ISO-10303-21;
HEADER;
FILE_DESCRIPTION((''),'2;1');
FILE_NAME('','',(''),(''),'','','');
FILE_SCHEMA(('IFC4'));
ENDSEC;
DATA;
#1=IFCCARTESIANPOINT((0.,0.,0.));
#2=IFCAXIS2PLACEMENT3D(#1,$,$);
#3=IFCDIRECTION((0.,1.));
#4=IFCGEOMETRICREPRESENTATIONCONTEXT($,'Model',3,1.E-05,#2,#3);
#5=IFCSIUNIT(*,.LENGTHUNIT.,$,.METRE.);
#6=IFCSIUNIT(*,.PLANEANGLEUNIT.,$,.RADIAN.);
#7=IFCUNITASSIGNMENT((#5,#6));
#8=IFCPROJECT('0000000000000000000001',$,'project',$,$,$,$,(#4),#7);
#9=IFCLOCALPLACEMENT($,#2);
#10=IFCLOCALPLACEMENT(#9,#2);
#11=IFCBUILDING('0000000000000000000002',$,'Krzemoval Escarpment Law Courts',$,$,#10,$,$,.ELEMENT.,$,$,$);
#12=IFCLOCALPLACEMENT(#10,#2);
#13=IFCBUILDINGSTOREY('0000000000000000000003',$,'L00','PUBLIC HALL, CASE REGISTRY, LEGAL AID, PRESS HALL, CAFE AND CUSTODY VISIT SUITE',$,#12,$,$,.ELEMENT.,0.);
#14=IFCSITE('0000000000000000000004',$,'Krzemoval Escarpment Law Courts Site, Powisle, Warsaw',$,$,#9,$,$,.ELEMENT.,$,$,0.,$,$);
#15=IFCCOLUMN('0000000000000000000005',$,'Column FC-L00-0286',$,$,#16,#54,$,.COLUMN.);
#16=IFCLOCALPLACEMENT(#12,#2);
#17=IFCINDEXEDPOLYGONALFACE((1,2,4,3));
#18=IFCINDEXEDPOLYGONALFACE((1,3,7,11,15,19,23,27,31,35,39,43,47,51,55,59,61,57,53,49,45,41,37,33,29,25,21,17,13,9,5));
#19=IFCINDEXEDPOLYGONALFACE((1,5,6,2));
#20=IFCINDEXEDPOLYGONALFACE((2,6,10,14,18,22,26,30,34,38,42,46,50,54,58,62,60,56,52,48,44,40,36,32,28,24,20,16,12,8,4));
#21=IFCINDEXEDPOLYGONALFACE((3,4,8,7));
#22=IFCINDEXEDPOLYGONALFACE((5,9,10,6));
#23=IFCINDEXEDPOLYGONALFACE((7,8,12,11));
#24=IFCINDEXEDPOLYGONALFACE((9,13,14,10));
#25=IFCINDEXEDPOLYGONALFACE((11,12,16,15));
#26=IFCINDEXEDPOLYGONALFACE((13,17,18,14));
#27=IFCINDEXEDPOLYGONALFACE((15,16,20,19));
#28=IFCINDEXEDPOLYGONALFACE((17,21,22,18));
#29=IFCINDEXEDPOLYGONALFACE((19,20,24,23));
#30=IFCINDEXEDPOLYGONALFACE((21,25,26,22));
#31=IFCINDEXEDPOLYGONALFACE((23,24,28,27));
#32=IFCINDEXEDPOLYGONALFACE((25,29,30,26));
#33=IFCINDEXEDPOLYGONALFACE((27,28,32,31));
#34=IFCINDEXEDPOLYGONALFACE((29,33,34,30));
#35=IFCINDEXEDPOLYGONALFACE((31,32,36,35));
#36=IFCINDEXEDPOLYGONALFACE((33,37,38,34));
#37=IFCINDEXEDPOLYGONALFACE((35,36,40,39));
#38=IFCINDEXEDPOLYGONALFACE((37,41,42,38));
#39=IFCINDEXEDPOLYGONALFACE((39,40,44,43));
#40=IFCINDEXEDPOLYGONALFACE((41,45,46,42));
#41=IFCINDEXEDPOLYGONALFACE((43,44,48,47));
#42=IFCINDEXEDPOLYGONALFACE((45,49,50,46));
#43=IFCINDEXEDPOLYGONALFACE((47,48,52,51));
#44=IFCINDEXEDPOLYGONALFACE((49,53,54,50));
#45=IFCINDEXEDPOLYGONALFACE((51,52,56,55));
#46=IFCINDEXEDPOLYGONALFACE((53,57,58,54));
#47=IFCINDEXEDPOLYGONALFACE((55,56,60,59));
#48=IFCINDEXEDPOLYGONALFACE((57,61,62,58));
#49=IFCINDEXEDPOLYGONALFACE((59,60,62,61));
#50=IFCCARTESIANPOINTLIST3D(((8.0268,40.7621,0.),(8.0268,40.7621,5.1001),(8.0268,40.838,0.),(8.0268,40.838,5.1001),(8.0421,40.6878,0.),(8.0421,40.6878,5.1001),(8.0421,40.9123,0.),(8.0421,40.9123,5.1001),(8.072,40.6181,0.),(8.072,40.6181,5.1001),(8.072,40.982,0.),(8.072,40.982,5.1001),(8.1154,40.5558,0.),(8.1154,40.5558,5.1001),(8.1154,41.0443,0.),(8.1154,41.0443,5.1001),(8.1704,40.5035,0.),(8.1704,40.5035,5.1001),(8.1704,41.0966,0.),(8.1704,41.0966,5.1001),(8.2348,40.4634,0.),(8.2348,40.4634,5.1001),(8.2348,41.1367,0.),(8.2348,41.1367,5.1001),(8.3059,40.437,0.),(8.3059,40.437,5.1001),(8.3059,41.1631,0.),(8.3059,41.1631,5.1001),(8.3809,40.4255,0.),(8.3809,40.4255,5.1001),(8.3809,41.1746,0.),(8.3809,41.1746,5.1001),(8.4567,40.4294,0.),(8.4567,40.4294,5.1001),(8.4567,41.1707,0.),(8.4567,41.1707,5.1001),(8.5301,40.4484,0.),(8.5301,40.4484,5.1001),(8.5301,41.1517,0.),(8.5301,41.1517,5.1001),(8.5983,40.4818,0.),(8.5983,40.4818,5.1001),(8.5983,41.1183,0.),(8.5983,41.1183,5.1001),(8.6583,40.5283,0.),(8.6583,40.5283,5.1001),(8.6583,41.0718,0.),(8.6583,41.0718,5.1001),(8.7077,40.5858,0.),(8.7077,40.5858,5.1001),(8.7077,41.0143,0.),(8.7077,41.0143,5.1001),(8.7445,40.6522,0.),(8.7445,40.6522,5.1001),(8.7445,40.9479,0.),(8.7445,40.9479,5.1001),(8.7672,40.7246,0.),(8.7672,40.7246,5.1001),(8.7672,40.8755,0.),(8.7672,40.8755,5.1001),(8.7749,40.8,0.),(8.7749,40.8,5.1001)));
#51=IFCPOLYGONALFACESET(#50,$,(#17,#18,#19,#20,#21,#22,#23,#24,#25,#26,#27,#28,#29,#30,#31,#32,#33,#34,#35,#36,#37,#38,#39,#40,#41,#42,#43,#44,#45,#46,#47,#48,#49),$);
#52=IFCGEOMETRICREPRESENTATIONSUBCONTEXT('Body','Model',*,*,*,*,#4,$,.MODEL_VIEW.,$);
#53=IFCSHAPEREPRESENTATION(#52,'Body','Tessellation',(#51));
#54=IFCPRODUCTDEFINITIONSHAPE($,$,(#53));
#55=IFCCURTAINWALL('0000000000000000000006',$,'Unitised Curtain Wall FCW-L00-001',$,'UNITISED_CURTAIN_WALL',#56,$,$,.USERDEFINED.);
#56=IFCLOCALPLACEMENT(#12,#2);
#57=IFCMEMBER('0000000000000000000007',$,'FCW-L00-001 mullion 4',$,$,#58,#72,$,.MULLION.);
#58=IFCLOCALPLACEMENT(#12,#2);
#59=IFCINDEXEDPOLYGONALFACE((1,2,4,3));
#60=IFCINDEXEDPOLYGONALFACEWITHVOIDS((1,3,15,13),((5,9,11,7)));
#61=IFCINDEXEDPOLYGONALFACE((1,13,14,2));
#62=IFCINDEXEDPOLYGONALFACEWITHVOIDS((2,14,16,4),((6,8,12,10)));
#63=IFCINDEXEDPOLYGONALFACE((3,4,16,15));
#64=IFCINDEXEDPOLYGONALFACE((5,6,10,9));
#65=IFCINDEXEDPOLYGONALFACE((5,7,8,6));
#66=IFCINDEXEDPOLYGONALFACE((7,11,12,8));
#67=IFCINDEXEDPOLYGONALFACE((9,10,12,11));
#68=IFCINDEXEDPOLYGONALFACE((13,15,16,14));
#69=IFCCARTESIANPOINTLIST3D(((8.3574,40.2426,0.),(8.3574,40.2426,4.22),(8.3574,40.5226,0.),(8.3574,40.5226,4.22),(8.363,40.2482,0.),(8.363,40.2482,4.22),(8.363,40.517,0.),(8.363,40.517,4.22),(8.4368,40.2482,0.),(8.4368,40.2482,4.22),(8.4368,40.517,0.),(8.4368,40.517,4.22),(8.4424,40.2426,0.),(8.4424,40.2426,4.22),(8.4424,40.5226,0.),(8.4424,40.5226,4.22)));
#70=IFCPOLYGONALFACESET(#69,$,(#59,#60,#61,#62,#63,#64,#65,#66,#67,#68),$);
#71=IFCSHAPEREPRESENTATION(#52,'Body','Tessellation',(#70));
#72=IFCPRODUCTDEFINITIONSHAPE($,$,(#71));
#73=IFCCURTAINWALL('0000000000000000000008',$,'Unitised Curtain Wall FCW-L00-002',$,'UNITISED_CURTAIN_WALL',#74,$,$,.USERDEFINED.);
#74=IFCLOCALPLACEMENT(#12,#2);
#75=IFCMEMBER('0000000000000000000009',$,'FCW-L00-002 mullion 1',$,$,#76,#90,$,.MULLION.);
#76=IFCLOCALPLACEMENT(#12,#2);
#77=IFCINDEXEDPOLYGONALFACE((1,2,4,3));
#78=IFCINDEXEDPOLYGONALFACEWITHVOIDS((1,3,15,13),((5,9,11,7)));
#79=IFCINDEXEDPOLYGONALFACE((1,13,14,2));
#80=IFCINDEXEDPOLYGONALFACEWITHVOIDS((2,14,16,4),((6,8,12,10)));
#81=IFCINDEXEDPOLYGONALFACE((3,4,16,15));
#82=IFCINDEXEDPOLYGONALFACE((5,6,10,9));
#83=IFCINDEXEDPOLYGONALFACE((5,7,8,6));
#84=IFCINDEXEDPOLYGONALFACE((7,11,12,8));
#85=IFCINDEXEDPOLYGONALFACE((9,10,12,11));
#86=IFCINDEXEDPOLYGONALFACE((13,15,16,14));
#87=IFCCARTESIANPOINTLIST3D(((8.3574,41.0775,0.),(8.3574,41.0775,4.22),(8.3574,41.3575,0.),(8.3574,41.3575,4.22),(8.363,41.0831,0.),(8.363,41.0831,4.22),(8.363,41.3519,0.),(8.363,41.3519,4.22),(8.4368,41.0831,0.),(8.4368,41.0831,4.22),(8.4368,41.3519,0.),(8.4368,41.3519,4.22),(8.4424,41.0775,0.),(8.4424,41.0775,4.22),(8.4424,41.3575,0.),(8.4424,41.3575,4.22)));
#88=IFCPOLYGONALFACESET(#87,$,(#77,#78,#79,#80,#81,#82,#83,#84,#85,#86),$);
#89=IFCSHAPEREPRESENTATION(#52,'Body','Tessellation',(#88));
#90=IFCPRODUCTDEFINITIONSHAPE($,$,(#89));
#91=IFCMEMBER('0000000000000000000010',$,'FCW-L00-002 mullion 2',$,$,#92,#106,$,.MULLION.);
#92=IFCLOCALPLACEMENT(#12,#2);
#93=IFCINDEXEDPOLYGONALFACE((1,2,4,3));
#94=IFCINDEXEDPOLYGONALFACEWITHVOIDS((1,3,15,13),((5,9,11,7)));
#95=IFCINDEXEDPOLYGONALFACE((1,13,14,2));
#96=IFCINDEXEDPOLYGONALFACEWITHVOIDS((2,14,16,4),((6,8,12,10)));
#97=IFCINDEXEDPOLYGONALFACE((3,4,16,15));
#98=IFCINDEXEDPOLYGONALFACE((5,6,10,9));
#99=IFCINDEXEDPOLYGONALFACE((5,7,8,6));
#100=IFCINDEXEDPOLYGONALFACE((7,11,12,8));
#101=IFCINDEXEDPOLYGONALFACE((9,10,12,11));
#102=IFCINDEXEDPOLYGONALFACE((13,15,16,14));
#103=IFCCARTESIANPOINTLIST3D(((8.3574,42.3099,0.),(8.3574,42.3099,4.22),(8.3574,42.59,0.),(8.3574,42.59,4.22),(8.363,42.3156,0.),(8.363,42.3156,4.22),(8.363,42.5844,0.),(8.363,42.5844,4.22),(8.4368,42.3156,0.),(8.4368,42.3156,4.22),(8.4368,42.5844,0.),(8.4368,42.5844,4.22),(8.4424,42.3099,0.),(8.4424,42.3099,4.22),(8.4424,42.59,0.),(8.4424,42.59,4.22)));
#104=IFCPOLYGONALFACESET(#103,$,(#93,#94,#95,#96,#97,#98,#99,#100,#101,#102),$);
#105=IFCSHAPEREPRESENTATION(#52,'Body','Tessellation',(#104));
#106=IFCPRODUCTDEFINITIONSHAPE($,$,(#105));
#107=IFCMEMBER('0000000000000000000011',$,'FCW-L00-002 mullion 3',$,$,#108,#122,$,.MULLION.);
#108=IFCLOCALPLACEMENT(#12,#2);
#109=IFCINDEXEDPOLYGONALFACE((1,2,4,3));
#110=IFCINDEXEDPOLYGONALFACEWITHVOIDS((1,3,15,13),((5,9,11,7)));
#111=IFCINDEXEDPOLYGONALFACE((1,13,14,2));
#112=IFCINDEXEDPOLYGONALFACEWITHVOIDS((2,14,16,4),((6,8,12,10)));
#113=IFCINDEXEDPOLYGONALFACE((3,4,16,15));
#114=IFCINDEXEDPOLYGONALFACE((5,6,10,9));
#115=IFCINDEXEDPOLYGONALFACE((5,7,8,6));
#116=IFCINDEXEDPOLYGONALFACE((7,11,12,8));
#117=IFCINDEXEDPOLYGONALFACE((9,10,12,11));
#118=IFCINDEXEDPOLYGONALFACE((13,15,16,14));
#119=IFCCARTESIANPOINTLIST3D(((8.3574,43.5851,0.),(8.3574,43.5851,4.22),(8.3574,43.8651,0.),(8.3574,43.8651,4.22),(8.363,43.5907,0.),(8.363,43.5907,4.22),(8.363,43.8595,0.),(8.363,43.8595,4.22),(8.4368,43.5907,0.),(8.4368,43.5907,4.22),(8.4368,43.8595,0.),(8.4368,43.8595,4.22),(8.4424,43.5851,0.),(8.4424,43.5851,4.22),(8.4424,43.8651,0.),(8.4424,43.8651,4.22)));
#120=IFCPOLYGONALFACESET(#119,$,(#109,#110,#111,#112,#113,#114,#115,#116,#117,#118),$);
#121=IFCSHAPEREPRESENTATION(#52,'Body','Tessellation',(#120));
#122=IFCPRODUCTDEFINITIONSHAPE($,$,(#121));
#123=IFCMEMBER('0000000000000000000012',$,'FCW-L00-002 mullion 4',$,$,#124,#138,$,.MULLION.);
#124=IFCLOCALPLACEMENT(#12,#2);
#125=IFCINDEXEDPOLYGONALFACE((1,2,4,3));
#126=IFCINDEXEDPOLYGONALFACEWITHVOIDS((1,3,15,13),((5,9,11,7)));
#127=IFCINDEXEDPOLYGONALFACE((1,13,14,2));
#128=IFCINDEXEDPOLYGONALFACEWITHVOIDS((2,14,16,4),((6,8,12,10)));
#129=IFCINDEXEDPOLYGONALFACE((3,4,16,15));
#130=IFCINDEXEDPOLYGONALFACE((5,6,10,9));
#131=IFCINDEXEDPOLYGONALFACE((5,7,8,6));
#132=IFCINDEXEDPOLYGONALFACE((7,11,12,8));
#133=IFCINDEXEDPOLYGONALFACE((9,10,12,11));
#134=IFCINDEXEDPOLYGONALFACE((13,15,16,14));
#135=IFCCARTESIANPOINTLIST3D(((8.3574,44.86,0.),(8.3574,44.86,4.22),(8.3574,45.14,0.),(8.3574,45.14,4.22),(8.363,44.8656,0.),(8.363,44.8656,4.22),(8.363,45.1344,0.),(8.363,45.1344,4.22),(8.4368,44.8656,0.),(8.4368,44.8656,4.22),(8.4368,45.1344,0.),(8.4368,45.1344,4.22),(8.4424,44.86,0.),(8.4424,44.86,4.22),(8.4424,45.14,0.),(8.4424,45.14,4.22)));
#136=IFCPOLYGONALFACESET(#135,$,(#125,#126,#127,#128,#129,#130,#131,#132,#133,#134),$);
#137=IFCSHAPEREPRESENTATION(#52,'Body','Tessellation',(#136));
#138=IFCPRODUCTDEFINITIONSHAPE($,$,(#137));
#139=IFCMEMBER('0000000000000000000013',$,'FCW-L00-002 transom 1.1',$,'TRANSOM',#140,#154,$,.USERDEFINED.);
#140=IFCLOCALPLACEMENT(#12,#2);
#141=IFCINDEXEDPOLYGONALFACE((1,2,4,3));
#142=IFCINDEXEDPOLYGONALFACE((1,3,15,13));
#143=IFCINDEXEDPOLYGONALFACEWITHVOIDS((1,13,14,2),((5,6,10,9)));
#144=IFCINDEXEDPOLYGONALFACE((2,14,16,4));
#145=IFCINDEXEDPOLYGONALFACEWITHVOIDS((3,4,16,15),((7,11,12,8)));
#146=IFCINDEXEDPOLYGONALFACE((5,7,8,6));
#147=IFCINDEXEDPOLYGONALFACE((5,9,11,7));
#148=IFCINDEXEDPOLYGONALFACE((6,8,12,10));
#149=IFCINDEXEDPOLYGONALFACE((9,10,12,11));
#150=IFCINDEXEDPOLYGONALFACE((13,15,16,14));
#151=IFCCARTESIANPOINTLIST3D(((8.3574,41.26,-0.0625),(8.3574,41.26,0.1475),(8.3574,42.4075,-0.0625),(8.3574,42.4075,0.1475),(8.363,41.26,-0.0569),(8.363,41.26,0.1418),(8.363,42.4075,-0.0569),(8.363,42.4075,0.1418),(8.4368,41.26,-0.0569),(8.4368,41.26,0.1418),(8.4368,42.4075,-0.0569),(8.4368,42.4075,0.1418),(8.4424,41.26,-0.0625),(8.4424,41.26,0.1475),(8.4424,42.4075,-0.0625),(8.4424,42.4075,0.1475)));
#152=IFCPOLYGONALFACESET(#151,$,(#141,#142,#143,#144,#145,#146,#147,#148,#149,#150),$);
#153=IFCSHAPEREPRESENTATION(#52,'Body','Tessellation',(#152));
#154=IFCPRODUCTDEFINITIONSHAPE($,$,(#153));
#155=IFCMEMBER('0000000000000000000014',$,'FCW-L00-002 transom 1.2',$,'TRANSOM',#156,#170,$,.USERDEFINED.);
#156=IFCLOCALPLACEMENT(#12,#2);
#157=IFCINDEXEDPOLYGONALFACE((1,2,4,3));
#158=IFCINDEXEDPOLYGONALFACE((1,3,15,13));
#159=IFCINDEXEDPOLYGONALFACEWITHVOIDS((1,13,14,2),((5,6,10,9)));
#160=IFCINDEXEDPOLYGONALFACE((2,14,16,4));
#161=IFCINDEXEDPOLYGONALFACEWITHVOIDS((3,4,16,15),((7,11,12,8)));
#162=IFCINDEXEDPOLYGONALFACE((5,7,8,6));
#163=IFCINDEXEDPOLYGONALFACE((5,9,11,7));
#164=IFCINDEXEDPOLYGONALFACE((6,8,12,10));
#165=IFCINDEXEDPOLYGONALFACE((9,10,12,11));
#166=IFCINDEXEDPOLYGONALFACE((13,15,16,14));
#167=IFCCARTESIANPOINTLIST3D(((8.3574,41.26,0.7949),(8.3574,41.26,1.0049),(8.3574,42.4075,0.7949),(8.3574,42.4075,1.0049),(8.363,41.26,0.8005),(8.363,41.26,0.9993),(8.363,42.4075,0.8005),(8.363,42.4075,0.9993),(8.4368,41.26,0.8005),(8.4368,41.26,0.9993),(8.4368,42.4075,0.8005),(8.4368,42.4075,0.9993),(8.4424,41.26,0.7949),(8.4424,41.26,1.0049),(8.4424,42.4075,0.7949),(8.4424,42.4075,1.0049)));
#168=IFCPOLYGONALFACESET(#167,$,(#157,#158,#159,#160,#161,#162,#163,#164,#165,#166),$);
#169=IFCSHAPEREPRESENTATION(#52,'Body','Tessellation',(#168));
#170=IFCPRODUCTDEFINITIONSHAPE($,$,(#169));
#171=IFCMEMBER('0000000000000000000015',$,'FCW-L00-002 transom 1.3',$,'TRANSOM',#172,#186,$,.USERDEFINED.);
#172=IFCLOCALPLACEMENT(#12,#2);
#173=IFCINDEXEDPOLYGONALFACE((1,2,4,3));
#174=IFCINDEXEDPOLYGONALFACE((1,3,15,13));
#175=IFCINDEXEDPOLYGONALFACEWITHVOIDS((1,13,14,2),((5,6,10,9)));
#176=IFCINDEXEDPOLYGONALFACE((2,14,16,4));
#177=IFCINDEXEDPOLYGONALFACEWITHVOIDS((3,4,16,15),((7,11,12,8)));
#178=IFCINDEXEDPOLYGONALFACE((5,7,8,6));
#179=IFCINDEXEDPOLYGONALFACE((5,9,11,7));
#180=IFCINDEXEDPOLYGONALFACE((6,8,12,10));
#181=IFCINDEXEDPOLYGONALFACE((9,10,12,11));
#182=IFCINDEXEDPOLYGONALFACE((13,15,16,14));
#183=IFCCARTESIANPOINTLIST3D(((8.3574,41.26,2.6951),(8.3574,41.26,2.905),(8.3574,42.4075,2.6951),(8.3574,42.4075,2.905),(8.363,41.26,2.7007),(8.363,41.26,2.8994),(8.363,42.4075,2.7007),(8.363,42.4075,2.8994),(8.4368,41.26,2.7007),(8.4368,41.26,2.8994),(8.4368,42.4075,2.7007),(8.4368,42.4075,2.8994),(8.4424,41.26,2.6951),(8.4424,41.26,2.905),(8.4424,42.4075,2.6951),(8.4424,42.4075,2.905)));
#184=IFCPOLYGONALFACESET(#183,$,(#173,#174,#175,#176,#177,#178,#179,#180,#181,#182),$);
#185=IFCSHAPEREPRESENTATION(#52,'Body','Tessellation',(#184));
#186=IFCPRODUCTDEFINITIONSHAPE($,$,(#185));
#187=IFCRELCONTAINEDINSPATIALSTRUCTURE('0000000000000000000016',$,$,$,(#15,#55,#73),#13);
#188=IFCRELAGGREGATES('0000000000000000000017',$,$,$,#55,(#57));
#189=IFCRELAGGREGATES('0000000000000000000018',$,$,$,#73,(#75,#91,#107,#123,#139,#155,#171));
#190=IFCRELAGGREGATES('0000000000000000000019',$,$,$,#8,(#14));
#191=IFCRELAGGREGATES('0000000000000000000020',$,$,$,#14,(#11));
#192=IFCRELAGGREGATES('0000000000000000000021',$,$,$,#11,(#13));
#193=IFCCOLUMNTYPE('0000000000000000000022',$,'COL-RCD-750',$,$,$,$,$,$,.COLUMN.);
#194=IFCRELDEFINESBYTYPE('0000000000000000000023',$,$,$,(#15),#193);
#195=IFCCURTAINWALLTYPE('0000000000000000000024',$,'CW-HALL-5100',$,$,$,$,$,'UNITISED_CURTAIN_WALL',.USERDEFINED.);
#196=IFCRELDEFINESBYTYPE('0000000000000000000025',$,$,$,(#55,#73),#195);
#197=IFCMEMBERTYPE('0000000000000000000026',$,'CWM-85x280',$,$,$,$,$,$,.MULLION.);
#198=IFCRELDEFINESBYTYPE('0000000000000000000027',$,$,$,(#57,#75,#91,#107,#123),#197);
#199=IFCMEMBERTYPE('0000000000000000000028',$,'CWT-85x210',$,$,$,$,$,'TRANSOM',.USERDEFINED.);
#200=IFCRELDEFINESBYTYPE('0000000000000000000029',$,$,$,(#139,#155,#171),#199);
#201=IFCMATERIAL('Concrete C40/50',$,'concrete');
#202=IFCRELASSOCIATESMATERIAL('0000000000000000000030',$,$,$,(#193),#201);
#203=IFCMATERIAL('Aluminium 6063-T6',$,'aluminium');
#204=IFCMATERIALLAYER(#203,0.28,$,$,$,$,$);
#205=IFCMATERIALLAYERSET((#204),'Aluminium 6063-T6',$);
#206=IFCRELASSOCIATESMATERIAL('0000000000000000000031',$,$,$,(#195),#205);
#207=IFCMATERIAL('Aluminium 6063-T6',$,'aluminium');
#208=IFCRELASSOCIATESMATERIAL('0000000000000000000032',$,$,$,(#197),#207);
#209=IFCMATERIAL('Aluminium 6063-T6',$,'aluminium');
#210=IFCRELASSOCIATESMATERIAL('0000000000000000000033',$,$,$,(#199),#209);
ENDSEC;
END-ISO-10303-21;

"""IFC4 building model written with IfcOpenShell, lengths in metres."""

from ifc_helpers import new_model, si_unit, direction, frame, origin, origin_2d, place, context, subcontext, project, spatial, hollow_rectangle, circle, extrude, material, layer, layer_set, material_profile, profile_set, type_object, element, aggregate, save


model = new_model("IFC4")

# Units and contexts
model_context = context("Model", 3, precision=1e-05, world=origin(), true_north=direction((0.0, 1.0)))
body_context = subcontext(model_context, "Body", "Model", "MODEL_VIEW")
ifc_project = project(units=[si_unit("LENGTHUNIT", "METRE"), si_unit("PLANEANGLEUNIT", "RADIAN")], contexts=[model_context])

# Site, building, storey
site_placement = place(None, origin())
site = spatial("IfcSite", under=ifc_project, at=site_placement, Name="Krzemoval Escarpment Law Courts Site, Powisle, Warsaw", CompositionType="ELEMENT", RefElevation=0.0)
building_placement = place(site_placement, origin())
building = spatial("IfcBuilding", under=site, at=building_placement, Name="Krzemoval Escarpment Law Courts", CompositionType="ELEMENT")
storey_placement = place(building_placement, origin())
storey = spatial("IfcBuildingStorey", under=building, at=storey_placement, Name="L00", Description="PUBLIC HALL, CASE REGISTRY, LEGAL AID, PRESS HALL, CAFE AND CUSTODY VISIT SUITE", CompositionType="ELEMENT", Elevation=0.0)

# Column
ifc_material_1 = material(Name="Concrete C40/50", Category="concrete")
ifc_material_profile_1 = material_profile(ifc_material_1, circle(Radius=0.375, at=origin_2d()), Name="RC D750")
ifc_profile_set_1 = profile_set([ifc_material_profile_1], Name="Concrete C40/50")
column_type = type_object("IfcColumnType", Name="COL-RCD-750", PredefinedType="COLUMN", material=ifc_profile_set_1)
column_placement = place(storey_placement, frame((8.3999, 40.8, 0.0), z_axis=(0.0, 0.0, 1.0), x_axis=(1.0, 0.0, 0.0)))
element("IfcColumn", 1, at=column_placement, inside=storey, type_object=column_type, Name="Column FC-L00-0286", PredefinedType="COLUMN", context=body_context, shape_type="SweptSolid", body=[
    extrude(circle(Radius=0.375, at=origin_2d()), origin(), (0.0, 0.0, 1.0), 5.1001),
])

# Curtain wall, member
ifc_material_2 = material(Name="Aluminium 6063-T6", Category="aluminium")
ifc_layer_1 = layer(ifc_material_2, 0.28)
ifc_layer_set_1 = layer_set([ifc_layer_1], Name="Aluminium 6063-T6")
curtain_wall_type = type_object("IfcCurtainWallType", Name="CW-HALL-5100", ElementType="UNITISED_CURTAIN_WALL", PredefinedType="USERDEFINED", material=ifc_layer_set_1)
curtain_wall_1_placement = place(storey_placement, origin())
curtain_wall_1 = element("IfcCurtainWall", 2, at=curtain_wall_1_placement, inside=storey, type_object=curtain_wall_type, Name="Unitised Curtain Wall FCW-L00-001", ObjectType="UNITISED_CURTAIN_WALL", PredefinedType="USERDEFINED")
ifc_material_3 = material(Name="Aluminium 6063-T6", Category="aluminium")
ifc_material_profile_2 = material_profile(ifc_material_3, hollow_rectangle(XDim=0.085, YDim=0.28, WallThickness=0.0056, at=origin_2d()), Name="ALU M85x280")
ifc_profile_set_2 = profile_set([ifc_material_profile_2], Name="Aluminium 6063-T6")
member_type_1 = type_object("IfcMemberType", Name="CWM-85x280", PredefinedType="MULLION", material=ifc_profile_set_2)
member_1_placement = place(storey_placement, frame((8.3999, 40.3826, 0.0), z_axis=(0.0, 0.0, 1.0), x_axis=(-1.0, 0.0, 0.0)))
member_1 = element("IfcMember", 3, at=member_1_placement, type_object=member_type_1, Name="FCW-L00-001 mullion 4", PredefinedType="MULLION", context=body_context, shape_type="SweptSolid", body=[
    extrude(hollow_rectangle(XDim=0.085, YDim=0.28, WallThickness=0.0056, at=origin_2d()), origin(), (0.0, 0.0, 1.0), 4.22),
])

# Curtain wall, members
curtain_wall_2_placement = place(storey_placement, origin())
curtain_wall_2 = element("IfcCurtainWall", 4, at=curtain_wall_2_placement, inside=storey, type_object=curtain_wall_type, Name="Unitised Curtain Wall FCW-L00-002", ObjectType="UNITISED_CURTAIN_WALL", PredefinedType="USERDEFINED")
member_2_placement = place(storey_placement, frame((8.3999, 41.2175, 0.0), z_axis=(0.0, 0.0, 1.0), x_axis=(-1.0, 0.0, 0.0)))
member_2 = element("IfcMember", 5, at=member_2_placement, type_object=member_type_1, Name="FCW-L00-002 mullion 1", PredefinedType="MULLION", context=body_context, shape_type="SweptSolid", body=[
    extrude(hollow_rectangle(XDim=0.085, YDim=0.28, WallThickness=0.0056, at=origin_2d()), origin(), (0.0, 0.0, 1.0), 4.22),
])
member_3_placement = place(storey_placement, frame((8.3999, 42.45, 0.0), z_axis=(0.0, 0.0, 1.0), x_axis=(-1.0, 0.0, 0.0)))
member_3 = element("IfcMember", 6, at=member_3_placement, type_object=member_type_1, Name="FCW-L00-002 mullion 2", PredefinedType="MULLION", context=body_context, shape_type="SweptSolid", body=[
    extrude(hollow_rectangle(XDim=0.085, YDim=0.28, WallThickness=0.0056, at=origin_2d()), origin(), (0.0, 0.0, 1.0), 4.22),
])
member_4_placement = place(storey_placement, frame((8.3999, 43.7251, 0.0), z_axis=(0.0, 0.0, 1.0), x_axis=(-1.0, 0.0, 0.0)))
member_4 = element("IfcMember", 7, at=member_4_placement, type_object=member_type_1, Name="FCW-L00-002 mullion 3", PredefinedType="MULLION", context=body_context, shape_type="SweptSolid", body=[
    extrude(hollow_rectangle(XDim=0.085, YDim=0.28, WallThickness=0.0056, at=origin_2d()), origin(), (0.0, 0.0, 1.0), 4.22),
])
member_5_placement = place(storey_placement, frame((8.3999, 45.0, 0.0), z_axis=(0.0, 0.0, 1.0), x_axis=(-1.0, 0.0, 0.0)))
member_5 = element("IfcMember", 8, at=member_5_placement, type_object=member_type_1, Name="FCW-L00-002 mullion 4", PredefinedType="MULLION", context=body_context, shape_type="SweptSolid", body=[
    extrude(hollow_rectangle(XDim=0.085, YDim=0.28, WallThickness=0.0056, at=origin_2d()), origin(), (0.0, 0.0, 1.0), 4.22),
])
ifc_material_4 = material(Name="Aluminium 6063-T6", Category="aluminium")
ifc_material_profile_3 = material_profile(ifc_material_4, hollow_rectangle(XDim=0.085, YDim=0.21, WallThickness=0.0056, at=origin_2d()), Name="ALU T85x210")
ifc_profile_set_3 = profile_set([ifc_material_profile_3], Name="Aluminium 6063-T6")
member_type_2 = type_object("IfcMemberType", Name="CWT-85x210", ElementType="TRANSOM", PredefinedType="USERDEFINED", material=ifc_profile_set_3)
member_6_placement = place(storey_placement, frame((8.3999, 41.26, 0.0425), z_axis=(0.0, 1.0, 0.0), x_axis=(-1.0, 0.0, 0.0)))
member_6 = element("IfcMember", 9, at=member_6_placement, type_object=member_type_2, Name="FCW-L00-002 transom 1.1", ObjectType="TRANSOM", PredefinedType="USERDEFINED", context=body_context, shape_type="SweptSolid", body=[
    extrude(hollow_rectangle(XDim=0.085, YDim=0.21, WallThickness=0.0056, at=origin_2d()), origin(), (0.0, 0.0, 1.0), 1.1475),
])
member_7_placement = place(storey_placement, frame((8.3999, 41.26, 0.8999), z_axis=(0.0, 1.0, 0.0), x_axis=(-1.0, 0.0, 0.0)))
member_7 = element("IfcMember", 10, at=member_7_placement, type_object=member_type_2, Name="FCW-L00-002 transom 1.2", ObjectType="TRANSOM", PredefinedType="USERDEFINED", context=body_context, shape_type="SweptSolid", body=[
    extrude(hollow_rectangle(XDim=0.085, YDim=0.21, WallThickness=0.0056, at=origin_2d()), origin(), (0.0, 0.0, 1.0), 1.1475),
])
member_8_placement = place(storey_placement, frame((8.3999, 41.26, 2.8), z_axis=(0.0, 1.0, 0.0), x_axis=(-1.0, 0.0, 0.0)))
member_8 = element("IfcMember", 11, at=member_8_placement, type_object=member_type_2, Name="FCW-L00-002 transom 1.3", ObjectType="TRANSOM", PredefinedType="USERDEFINED", context=body_context, shape_type="SweptSolid", body=[
    extrude(hollow_rectangle(XDim=0.085, YDim=0.21, WallThickness=0.0056, at=origin_2d()), origin(), (0.0, 0.0, 1.0), 1.1475),
])

aggregate(curtain_wall_1, [member_1])
aggregate(curtain_wall_2, [member_2, member_3, member_4, member_5, member_6, member_7, member_8])

save(model, "model.ifc")
